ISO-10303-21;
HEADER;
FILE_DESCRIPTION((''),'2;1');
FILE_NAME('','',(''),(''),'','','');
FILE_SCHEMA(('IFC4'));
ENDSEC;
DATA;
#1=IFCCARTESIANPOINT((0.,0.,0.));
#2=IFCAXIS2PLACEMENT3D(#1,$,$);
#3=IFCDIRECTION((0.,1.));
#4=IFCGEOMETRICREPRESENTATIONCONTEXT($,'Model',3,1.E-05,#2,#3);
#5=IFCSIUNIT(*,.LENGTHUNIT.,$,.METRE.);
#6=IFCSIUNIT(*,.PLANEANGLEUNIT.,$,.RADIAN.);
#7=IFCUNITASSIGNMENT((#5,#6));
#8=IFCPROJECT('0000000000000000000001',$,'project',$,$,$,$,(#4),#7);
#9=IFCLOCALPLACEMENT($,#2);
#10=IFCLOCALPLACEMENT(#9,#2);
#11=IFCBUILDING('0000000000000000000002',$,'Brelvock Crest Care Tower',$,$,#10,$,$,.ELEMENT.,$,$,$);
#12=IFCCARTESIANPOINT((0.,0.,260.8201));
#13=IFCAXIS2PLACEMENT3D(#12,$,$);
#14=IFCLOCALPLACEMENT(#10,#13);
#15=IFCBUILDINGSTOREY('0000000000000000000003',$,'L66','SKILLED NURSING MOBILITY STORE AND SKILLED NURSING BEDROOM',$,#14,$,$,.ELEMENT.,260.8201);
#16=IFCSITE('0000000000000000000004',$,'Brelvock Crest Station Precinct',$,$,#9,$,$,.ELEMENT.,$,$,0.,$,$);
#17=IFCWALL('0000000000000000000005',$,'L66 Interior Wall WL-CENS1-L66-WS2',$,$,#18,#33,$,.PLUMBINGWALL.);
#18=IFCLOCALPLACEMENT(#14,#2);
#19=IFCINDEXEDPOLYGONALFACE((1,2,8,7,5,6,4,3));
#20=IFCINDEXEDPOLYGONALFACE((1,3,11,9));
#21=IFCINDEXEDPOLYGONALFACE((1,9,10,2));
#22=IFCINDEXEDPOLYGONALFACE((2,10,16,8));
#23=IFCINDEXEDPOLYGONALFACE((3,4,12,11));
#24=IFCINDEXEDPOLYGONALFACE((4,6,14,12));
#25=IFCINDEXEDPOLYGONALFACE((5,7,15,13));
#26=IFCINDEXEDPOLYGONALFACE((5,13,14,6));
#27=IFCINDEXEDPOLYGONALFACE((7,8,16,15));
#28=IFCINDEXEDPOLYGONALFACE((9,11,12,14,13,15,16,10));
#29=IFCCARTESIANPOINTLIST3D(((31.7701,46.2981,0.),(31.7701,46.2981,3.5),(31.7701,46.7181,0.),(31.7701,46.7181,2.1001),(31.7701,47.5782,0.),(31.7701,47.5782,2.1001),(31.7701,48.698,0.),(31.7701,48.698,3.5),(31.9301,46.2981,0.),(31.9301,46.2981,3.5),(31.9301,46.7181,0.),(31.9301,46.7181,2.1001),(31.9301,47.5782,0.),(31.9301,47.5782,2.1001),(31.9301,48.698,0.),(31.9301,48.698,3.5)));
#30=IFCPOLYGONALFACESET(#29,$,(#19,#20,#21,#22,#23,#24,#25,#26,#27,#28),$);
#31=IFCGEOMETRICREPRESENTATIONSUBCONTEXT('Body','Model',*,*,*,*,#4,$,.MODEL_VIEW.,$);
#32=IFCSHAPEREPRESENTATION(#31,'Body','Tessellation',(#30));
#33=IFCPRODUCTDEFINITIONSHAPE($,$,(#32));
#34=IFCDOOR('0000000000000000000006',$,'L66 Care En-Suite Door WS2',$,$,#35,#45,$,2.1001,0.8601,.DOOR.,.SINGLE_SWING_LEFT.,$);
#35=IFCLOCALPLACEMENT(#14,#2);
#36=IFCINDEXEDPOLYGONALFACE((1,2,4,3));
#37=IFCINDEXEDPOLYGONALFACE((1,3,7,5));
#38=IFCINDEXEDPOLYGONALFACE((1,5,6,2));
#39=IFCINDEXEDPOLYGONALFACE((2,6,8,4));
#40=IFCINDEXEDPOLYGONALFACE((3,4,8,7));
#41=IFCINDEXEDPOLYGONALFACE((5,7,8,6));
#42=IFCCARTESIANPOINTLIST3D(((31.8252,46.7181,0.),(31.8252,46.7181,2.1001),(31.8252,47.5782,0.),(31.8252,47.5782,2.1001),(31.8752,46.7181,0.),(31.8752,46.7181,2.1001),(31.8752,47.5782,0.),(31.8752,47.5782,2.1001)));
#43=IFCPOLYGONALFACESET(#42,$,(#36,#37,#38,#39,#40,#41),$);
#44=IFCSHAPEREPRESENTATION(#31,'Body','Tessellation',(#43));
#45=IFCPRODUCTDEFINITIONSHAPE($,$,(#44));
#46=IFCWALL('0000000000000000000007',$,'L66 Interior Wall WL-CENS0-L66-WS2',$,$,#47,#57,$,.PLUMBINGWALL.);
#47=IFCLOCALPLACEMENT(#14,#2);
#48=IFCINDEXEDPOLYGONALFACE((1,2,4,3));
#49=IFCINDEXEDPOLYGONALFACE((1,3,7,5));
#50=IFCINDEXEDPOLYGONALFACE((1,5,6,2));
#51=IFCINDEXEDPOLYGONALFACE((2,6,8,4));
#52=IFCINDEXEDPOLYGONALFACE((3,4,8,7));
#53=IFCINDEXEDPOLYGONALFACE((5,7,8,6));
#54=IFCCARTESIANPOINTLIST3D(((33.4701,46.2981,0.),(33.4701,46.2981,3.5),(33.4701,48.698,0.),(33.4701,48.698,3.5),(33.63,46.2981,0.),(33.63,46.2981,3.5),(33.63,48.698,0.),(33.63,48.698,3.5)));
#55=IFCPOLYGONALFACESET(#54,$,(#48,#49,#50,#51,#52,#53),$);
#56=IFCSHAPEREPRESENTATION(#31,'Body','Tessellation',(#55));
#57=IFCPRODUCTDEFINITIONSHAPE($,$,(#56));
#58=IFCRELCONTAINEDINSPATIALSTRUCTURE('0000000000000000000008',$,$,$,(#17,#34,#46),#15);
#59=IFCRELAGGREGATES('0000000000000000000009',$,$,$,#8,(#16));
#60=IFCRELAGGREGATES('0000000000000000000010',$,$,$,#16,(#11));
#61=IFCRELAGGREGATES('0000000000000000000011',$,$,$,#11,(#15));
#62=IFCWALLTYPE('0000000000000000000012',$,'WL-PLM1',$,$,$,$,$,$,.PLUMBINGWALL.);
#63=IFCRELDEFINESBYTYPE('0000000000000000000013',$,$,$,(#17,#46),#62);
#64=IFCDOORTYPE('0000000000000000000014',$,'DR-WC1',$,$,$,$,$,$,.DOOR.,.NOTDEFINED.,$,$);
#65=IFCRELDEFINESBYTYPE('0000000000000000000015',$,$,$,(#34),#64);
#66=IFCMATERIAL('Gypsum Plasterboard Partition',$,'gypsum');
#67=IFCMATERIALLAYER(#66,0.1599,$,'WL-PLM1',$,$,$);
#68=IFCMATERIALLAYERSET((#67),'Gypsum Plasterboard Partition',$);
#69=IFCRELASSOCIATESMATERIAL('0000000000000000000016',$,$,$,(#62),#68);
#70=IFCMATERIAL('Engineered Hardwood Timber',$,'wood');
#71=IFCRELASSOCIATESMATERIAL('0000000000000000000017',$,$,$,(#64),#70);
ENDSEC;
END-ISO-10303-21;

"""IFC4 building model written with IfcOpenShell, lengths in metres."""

from ifc_helpers import new_model, si_unit, direction, frame, frame_2d, origin, origin_2d, place, context, subcontext, project, spatial, rectangle, extrude, source, transform, mapped, material, layer, layer_set, type_object, element, fill, save


model = new_model("IFC4")

# Units and contexts
model_context = context("Model", 3, precision=1e-05, world=origin(), true_north=direction((0.0, 1.0)))
body_context = subcontext(model_context, "Body", "Model", "MODEL_VIEW")
ifc_project = project(units=[si_unit("LENGTHUNIT", "METRE"), si_unit("PLANEANGLEUNIT", "RADIAN")], contexts=[model_context])

# Site, building, storey
site_placement = place(None, origin())
site = spatial("IfcSite", under=ifc_project, at=site_placement, Name="Brelvock Crest Station Precinct", CompositionType="ELEMENT", RefElevation=0.0)
building_placement = place(site_placement, origin())
building = spatial("IfcBuilding", under=site, at=building_placement, Name="Brelvock Crest Care Tower", CompositionType="ELEMENT")
storey_placement = place(building_placement, frame((0.0, 0.0, 260.8201)))
storey = spatial("IfcBuildingStorey", under=building, at=storey_placement, Name="L66", Description="SKILLED NURSING MOBILITY STORE AND SKILLED NURSING BEDROOM", CompositionType="ELEMENT", Elevation=260.8201)

# Shared definitions
ifc_material_1 = material(Name="Engineered Hardwood Timber", Category="wood")

# Wall, opening, door
ifc_material_2 = material(Name="Gypsum Plasterboard Partition", Category="gypsum")
ifc_layer_1 = layer(ifc_material_2, 0.1599, Name="WL-PLM1")
ifc_layer_set_1 = layer_set([ifc_layer_1], Name="Gypsum Plasterboard Partition")
wall_type_1 = type_object("IfcWallType", Name="WL-PLM1", PredefinedType="PLUMBINGWALL", material=ifc_layer_set_1)
wall_1_placement = place(storey_placement, frame((31.8501, 46.2981, 0.0), z_axis=(0.0, 0.0, 1.0), x_axis=(0.0, 1.0, 0.0)))
wall_1 = element("IfcWall", 1, at=wall_1_placement, inside=storey, type_object=wall_type_1, Name="L66 Interior Wall WL-CENS1-L66-WS2", PredefinedType="PLUMBINGWALL", context=body_context, shape_type="SweptSolid", body=[
    extrude(rectangle(XDim=2.3999, YDim=0.1599, at=frame_2d((1.2, 0.0))), origin(), (0.0, 0.0, 1.0), 3.5),
])
opening_1_placement = place(wall_1_placement, frame((0.4199, 0.0, 0.0)))
opening_1 = element("IfcOpeningElement", 2, at=opening_1_placement, cuts=wall_1, PredefinedType="OPENING", context=body_context, shape_type="SweptSolid", body=[
    extrude(rectangle(XDim=0.8601, YDim=2.1001, at=origin_2d()), frame((0.4302, 0.0898, 1.05), z_axis=(0.0, -1.0, 0.0), x_axis=(1.0, 0.0, 0.0)), (0.0, 0.0, 1.0), 0.1799),
])
door_type_1 = type_object("IfcDoorType", Name="DR-WC1", OperationType="NOTDEFINED", PredefinedType="DOOR", material=ifc_material_1)
shared_shape_1 = source(origin(), body_context, "Body", "SweptSolid", [
    extrude(rectangle(XDim=0.8601, YDim=2.1001, at=origin_2d()), frame((0.4302, 0.0249, 1.05), z_axis=(0.0, -1.0, 0.0), x_axis=(1.0, 0.0, 0.0)), (0.0, 0.0, 1.0), 0.05),
])
door_1_placement = place(opening_1_placement, origin())
door_1 = element("IfcDoor", 3, at=door_1_placement, inside=storey, type_object=door_type_1, Name="L66 Care En-Suite Door WS2", OperationType="SINGLE_SWING_LEFT", OverallHeight=2.1001, OverallWidth=0.8601, PredefinedType="DOOR", context=body_context, shape_type="MappedRepresentation", body=[
    mapped(shared_shape_1, transform((0.0, 0.0, 0.0), x_axis=(1.0, 0.0, 0.0), y_axis=(0.0, 1.0, 0.0), z_axis=(0.0, 0.0, 1.0), scale=1.0)),
])
fill(opening_1, door_1)

# Wall
wall_2_placement = place(storey_placement, frame((33.55, 46.2981, 0.0), z_axis=(0.0, 0.0, 1.0), x_axis=(0.0, 1.0, 0.0)))
element("IfcWall", 4, at=wall_2_placement, inside=storey, type_object=wall_type_1, Name="L66 Interior Wall WL-CENS0-L66-WS2", PredefinedType="PLUMBINGWALL", context=body_context, shape_type="SweptSolid", body=[
    extrude(rectangle(XDim=2.3999, YDim=0.1599, at=frame_2d((1.2, 0.0))), origin(), (0.0, 0.0, 1.0), 3.5),
])

save(model, "model.ifc")
